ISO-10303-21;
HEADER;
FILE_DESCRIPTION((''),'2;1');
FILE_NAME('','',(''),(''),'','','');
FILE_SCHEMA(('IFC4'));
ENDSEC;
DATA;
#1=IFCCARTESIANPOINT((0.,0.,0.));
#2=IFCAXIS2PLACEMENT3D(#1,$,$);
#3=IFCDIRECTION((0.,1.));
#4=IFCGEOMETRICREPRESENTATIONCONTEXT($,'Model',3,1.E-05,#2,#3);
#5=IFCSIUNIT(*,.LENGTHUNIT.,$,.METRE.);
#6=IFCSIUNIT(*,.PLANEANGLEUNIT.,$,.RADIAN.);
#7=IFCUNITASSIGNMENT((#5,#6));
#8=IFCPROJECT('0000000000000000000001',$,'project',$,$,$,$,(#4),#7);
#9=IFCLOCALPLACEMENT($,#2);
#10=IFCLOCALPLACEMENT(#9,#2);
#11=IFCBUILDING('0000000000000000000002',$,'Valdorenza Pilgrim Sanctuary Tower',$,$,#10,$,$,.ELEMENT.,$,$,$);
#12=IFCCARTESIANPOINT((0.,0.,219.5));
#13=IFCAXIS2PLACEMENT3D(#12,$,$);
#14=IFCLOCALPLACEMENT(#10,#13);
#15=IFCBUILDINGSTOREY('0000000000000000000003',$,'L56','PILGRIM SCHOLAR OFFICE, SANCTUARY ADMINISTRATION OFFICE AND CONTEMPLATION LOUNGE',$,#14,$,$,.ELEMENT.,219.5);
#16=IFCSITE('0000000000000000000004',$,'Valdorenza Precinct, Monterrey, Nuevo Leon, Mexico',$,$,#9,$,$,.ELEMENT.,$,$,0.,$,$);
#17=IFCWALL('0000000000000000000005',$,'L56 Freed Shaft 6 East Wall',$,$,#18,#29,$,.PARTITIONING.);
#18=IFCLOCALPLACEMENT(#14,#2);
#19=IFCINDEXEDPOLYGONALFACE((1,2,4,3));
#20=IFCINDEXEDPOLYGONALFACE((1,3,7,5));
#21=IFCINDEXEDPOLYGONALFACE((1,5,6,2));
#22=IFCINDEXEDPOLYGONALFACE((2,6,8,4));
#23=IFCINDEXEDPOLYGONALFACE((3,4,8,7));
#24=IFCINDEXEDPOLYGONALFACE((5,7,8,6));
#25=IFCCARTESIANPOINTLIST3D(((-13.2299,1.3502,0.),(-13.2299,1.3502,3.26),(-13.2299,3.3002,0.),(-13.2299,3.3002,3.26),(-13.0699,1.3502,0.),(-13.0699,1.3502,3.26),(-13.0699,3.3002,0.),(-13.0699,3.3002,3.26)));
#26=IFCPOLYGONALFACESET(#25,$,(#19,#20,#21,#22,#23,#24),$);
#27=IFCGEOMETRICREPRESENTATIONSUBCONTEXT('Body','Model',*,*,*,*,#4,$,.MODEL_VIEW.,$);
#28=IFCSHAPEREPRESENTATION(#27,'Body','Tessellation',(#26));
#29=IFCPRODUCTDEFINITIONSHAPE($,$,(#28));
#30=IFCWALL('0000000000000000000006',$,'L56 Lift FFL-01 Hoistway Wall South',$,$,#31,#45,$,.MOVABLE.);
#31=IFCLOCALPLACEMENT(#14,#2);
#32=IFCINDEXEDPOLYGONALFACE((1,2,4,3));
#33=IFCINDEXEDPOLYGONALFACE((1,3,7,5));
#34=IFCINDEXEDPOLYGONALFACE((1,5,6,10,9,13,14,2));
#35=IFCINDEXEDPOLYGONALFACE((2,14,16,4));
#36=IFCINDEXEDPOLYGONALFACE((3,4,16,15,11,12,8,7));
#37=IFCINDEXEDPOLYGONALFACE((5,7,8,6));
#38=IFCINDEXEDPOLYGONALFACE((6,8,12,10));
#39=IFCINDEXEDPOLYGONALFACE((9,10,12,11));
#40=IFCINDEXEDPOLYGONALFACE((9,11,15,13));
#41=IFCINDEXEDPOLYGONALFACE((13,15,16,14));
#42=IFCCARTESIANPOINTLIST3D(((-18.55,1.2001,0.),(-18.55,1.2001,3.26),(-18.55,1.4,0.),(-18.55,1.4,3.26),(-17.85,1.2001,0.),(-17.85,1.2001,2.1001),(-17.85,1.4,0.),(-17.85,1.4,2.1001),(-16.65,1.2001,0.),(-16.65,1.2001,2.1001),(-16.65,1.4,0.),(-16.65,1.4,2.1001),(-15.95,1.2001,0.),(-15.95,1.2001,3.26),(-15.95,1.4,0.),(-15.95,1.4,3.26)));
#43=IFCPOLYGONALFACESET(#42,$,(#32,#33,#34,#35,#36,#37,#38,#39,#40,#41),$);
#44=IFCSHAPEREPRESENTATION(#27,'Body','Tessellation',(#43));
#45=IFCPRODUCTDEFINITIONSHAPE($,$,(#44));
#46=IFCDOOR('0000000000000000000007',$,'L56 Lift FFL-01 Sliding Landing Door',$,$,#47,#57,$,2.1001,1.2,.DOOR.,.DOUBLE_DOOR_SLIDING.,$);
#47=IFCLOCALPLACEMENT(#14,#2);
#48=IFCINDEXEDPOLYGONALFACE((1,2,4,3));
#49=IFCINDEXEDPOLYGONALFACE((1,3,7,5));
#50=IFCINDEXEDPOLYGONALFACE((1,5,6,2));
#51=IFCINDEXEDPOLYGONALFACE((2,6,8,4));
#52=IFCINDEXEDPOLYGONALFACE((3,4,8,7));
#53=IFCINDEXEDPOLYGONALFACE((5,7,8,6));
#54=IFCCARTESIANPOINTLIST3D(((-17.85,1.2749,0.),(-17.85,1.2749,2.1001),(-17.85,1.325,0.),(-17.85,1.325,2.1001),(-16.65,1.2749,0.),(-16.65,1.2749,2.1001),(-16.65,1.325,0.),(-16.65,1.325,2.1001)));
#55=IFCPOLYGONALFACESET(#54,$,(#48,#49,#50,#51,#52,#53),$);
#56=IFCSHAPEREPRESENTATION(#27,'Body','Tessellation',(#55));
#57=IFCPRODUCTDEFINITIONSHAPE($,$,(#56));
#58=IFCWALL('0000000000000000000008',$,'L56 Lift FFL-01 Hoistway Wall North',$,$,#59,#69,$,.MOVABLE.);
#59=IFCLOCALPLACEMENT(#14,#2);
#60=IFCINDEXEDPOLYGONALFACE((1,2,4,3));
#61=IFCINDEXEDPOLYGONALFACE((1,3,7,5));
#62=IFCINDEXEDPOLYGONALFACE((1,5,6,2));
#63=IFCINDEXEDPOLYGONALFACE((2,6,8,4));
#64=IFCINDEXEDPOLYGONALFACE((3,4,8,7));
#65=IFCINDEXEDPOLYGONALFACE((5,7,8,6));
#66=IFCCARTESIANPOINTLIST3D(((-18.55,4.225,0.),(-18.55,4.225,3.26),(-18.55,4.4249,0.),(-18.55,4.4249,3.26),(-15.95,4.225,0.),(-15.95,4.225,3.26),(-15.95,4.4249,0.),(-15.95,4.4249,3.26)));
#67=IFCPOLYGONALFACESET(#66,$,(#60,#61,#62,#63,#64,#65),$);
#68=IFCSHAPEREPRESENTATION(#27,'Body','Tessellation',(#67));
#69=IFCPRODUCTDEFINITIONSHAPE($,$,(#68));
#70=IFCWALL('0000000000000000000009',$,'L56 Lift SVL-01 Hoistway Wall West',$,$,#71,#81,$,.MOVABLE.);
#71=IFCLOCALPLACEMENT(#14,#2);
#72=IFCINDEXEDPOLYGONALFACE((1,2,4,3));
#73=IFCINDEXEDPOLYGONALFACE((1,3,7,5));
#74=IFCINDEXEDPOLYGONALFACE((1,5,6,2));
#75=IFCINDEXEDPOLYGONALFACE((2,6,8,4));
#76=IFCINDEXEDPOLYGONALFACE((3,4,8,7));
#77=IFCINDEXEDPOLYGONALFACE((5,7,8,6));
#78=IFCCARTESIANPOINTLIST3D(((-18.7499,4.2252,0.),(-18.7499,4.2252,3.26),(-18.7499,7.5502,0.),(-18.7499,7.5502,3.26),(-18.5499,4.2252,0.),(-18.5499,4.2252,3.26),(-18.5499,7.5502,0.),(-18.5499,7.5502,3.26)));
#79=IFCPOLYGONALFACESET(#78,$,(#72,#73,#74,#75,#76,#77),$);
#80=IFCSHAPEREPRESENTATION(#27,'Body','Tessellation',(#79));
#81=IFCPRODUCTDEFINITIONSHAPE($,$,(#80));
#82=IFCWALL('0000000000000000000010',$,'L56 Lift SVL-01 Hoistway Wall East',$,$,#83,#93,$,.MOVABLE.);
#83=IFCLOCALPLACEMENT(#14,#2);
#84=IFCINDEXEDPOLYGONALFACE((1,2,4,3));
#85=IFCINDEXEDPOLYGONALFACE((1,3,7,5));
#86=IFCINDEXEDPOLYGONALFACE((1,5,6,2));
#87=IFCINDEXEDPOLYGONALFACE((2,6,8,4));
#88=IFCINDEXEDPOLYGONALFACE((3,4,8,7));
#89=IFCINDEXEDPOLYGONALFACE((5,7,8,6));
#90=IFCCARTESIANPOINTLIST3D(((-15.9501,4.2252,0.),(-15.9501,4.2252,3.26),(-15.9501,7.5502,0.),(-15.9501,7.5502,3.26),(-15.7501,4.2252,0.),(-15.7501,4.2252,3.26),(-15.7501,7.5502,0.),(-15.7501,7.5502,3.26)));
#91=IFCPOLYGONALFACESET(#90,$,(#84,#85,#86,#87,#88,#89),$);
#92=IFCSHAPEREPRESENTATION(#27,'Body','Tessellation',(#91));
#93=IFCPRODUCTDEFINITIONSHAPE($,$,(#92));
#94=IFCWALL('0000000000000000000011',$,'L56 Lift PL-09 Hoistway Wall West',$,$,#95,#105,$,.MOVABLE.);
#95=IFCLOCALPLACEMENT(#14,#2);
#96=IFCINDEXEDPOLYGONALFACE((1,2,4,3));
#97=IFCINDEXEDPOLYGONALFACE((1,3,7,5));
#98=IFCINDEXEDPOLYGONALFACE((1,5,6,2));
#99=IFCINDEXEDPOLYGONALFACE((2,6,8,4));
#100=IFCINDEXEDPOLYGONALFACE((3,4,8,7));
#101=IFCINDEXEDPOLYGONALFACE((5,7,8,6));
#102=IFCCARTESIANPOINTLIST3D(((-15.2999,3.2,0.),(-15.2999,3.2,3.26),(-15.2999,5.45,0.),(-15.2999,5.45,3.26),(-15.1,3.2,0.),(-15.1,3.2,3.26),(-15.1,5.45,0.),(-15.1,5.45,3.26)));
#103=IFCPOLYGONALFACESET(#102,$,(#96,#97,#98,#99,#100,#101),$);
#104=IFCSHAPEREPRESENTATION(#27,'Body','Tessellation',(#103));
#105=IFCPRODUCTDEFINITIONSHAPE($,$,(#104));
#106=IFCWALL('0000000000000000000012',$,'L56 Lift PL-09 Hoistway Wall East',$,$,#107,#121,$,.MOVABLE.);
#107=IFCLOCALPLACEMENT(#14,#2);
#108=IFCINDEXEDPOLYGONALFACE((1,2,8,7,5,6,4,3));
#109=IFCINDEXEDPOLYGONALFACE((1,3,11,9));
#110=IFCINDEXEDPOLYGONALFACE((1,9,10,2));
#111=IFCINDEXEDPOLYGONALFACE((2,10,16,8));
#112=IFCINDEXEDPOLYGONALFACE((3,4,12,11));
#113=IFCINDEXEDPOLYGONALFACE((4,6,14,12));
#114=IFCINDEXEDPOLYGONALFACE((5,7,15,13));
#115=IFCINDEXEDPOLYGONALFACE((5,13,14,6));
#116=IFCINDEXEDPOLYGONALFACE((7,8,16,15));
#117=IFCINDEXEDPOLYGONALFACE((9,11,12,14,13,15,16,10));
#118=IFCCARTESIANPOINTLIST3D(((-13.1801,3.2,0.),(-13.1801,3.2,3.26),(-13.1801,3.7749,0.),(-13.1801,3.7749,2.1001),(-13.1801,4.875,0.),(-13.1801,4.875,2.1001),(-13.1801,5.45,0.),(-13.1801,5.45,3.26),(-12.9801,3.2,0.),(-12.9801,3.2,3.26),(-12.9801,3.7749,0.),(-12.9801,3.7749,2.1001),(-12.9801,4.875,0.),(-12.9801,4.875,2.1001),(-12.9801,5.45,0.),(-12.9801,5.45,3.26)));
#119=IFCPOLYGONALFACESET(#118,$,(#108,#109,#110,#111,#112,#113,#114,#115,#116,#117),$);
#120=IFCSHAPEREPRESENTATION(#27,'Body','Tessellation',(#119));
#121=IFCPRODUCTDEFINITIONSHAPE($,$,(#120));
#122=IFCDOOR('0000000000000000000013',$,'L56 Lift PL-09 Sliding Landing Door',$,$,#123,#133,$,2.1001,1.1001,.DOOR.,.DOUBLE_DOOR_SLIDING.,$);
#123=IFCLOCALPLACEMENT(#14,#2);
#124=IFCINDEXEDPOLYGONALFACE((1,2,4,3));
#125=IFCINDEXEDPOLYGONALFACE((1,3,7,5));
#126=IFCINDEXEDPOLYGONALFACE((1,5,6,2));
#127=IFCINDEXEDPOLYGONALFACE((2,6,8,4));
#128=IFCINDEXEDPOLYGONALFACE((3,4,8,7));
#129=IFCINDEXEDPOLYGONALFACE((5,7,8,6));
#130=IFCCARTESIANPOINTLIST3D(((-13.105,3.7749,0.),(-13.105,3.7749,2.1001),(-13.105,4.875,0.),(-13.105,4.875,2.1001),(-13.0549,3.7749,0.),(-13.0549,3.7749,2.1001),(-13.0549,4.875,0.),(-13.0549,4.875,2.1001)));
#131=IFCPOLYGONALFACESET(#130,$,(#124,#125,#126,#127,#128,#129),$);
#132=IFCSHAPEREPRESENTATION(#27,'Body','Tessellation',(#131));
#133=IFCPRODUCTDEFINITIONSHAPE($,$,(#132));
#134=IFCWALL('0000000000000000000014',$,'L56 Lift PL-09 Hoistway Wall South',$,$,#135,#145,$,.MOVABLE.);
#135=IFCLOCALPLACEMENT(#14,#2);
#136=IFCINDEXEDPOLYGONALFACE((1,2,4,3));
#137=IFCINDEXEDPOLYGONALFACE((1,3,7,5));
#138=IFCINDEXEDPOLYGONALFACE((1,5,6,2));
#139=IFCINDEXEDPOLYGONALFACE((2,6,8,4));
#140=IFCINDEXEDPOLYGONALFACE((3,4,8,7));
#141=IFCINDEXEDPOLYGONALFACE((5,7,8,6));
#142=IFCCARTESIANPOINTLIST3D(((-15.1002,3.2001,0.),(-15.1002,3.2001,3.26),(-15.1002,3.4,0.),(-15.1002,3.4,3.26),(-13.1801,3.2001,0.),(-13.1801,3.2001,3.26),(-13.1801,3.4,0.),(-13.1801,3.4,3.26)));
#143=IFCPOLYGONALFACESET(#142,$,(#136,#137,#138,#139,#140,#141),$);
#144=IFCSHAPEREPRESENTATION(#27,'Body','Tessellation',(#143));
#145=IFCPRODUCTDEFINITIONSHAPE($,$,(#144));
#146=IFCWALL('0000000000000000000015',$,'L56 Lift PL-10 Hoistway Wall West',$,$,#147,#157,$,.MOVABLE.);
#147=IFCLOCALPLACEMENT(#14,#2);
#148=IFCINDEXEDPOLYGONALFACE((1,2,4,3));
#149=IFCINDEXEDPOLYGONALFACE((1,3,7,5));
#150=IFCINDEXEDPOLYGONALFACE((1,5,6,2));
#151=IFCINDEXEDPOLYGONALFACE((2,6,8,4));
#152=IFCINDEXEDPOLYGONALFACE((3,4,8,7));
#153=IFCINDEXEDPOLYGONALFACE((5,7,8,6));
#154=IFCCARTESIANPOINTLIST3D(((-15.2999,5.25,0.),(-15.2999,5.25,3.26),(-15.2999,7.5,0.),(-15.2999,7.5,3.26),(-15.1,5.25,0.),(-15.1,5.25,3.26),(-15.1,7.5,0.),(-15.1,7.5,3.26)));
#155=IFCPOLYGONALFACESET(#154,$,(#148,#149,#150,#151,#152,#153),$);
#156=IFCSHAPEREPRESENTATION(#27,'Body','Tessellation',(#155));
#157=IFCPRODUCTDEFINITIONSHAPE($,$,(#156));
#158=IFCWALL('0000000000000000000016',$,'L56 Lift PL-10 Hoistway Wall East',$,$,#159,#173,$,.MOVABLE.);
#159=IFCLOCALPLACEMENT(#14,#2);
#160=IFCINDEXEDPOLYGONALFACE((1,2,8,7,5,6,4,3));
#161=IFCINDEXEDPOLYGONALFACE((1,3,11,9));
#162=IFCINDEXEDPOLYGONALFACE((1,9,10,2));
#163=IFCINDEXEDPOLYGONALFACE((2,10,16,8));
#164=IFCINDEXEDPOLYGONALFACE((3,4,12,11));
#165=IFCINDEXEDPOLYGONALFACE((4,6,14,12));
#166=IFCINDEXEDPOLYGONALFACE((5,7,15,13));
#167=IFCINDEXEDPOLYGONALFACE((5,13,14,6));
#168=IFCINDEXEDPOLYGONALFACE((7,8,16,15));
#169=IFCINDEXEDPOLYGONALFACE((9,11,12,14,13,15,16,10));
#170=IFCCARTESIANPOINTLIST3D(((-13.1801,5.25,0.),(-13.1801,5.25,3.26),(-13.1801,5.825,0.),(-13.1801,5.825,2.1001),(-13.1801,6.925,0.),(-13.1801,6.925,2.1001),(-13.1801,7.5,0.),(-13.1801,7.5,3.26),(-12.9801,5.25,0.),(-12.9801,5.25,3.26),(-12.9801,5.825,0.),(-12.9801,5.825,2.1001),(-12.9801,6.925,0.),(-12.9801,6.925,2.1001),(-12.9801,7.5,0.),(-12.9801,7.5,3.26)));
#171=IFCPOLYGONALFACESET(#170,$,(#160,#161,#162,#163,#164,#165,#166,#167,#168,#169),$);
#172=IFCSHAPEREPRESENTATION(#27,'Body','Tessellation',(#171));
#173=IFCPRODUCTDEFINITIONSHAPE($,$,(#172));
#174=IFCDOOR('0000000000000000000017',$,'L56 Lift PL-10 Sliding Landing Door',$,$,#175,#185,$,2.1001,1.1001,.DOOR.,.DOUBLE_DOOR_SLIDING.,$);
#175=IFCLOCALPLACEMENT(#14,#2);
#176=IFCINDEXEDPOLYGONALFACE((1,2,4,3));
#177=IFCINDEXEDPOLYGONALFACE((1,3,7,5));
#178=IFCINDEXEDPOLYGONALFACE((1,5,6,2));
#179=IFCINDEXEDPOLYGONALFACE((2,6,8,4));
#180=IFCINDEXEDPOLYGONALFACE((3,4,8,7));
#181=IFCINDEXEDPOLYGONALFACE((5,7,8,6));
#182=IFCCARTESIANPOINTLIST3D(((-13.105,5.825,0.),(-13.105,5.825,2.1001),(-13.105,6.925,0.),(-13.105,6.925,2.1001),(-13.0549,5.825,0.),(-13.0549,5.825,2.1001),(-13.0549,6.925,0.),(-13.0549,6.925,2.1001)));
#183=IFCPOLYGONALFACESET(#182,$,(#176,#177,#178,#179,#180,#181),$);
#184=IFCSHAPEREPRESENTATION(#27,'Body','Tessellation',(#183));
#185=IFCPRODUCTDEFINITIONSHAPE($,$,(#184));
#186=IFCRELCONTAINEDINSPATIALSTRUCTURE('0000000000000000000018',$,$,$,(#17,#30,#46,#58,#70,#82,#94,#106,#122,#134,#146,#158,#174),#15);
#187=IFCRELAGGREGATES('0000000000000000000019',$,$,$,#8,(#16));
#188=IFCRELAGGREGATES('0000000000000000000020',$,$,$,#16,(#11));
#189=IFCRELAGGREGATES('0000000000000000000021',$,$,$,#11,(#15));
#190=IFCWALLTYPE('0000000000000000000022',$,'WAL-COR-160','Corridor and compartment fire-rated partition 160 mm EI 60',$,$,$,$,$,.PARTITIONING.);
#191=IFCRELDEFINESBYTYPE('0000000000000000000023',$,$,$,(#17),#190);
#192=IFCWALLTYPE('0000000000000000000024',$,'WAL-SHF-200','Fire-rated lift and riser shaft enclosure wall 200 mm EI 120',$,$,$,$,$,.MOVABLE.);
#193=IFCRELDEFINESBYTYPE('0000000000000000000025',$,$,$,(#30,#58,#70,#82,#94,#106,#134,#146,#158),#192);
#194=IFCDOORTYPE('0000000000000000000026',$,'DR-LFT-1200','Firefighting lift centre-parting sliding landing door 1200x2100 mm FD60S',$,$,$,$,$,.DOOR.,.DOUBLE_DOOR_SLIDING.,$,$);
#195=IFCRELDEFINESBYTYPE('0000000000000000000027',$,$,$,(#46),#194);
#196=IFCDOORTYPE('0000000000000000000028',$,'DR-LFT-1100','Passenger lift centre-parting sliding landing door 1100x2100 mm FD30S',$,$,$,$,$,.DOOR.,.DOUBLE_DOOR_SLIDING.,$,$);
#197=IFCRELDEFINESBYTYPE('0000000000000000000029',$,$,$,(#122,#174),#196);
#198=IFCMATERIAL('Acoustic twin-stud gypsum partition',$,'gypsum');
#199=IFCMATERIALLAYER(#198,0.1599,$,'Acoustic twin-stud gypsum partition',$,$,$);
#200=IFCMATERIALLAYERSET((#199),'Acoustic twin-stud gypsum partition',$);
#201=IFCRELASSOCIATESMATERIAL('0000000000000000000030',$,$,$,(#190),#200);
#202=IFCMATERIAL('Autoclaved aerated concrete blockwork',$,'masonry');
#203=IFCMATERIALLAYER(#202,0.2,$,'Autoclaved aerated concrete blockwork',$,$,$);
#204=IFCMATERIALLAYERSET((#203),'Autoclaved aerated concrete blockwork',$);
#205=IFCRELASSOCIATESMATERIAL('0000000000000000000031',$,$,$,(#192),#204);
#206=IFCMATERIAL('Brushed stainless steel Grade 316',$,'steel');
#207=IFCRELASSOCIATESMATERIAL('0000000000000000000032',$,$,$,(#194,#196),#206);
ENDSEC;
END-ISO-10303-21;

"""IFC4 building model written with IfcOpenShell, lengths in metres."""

from ifc_helpers import new_model, si_unit, direction, frame, frame_2d, origin, place, context, subcontext, project, spatial, rectangle, extrude, material, layer, layer_set, type_object, element, fill, save


model = new_model("IFC4")

# Units and contexts
model_context = context("Model", 3, precision=1e-05, world=origin(), true_north=direction((0.0, 1.0)))
body_context = subcontext(model_context, "Body", "Model", "MODEL_VIEW")
ifc_project = project(units=[si_unit("LENGTHUNIT", "METRE"), si_unit("PLANEANGLEUNIT", "RADIAN")], contexts=[model_context])

# Site, building, storey
site_placement = place(None, origin())
site = spatial("IfcSite", under=ifc_project, at=site_placement, Name="Valdorenza Precinct, Monterrey, Nuevo Leon, Mexico", CompositionType="ELEMENT", RefElevation=0.0)
building_placement = place(site_placement, origin())
building = spatial("IfcBuilding", under=site, at=building_placement, Name="Valdorenza Pilgrim Sanctuary Tower", CompositionType="ELEMENT")
storey_placement = place(building_placement, frame((0.0, 0.0, 219.5)))
storey = spatial("IfcBuildingStorey", under=building, at=storey_placement, Name="L56", Description="PILGRIM SCHOLAR OFFICE, SANCTUARY ADMINISTRATION OFFICE AND CONTEMPLATION LOUNGE", CompositionType="ELEMENT", Elevation=219.5)

# Wall
ifc_material_1 = material(Name="Acoustic twin-stud gypsum partition", Category="gypsum")
ifc_layer_1 = layer(ifc_material_1, 0.1599, Name="Acoustic twin-stud gypsum partition")
ifc_layer_set_1 = layer_set([ifc_layer_1], Name="Acoustic twin-stud gypsum partition")
wall_type_1 = type_object("IfcWallType", Name="WAL-COR-160", Description="Corridor and compartment fire-rated partition 160 mm EI 60", PredefinedType="PARTITIONING", material=ifc_layer_set_1)
wall_1_placement = place(storey_placement, frame((-13.1499, 1.3501, 0.0), z_axis=(0.0, 0.0, 1.0), x_axis=(0.0, 1.0, 0.0)))
element("IfcWall", 1, at=wall_1_placement, inside=storey, type_object=wall_type_1, Name="L56 Freed Shaft 6 East Wall", PredefinedType="PARTITIONING", context=body_context, shape_type="SweptSolid", body=[
    extrude(rectangle(XDim=1.95, YDim=0.1599, at=frame_2d((0.9751, 0.0))), origin(), (0.0, 0.0, 1.0), 3.26),
])

# Wall, opening, door
ifc_material_2 = material(Name="Autoclaved aerated concrete blockwork", Category="masonry")
ifc_layer_2 = layer(ifc_material_2, 0.2, Name="Autoclaved aerated concrete blockwork")
ifc_layer_set_2 = layer_set([ifc_layer_2], Name="Autoclaved aerated concrete blockwork")
wall_type_2 = type_object("IfcWallType", Name="WAL-SHF-200", Description="Fire-rated lift and riser shaft enclosure wall 200 mm EI 120", PredefinedType="MOVABLE", material=ifc_layer_set_2)
wall_2_placement = place(storey_placement, frame((-18.55, 1.3, 0.0), z_axis=(0.0, 0.0, 1.0), x_axis=(1.0, 0.0, 0.0)))
wall_2 = element("IfcWall", 2, at=wall_2_placement, inside=storey, type_object=wall_type_2, Name="L56 Lift FFL-01 Hoistway Wall South", PredefinedType="MOVABLE", context=body_context, shape_type="SweptSolid", body=[
    extrude(rectangle(XDim=2.6001, YDim=0.2, at=frame_2d((1.3, 0.0))), origin(), (0.0, 0.0, 1.0), 3.26),
])
opening_1_placement = place(wall_2_placement, frame((0.7, 0.0, 0.0)))
opening_1 = element("IfcOpeningElement", 3, at=opening_1_placement, cuts=wall_2, PredefinedType="OPENING", context=body_context, shape_type="SweptSolid", body=[
    extrude(rectangle(XDim=1.2, YDim=2.1001, at=frame_2d((0.6001, 1.05))), frame((0.0, 0.1147, 0.0), z_axis=(0.0, -1.0, 0.0), x_axis=(1.0, 0.0, 0.0)), (0.0, 0.0, 1.0), 0.2297),
])
ifc_material_3 = material(Name="Brushed stainless steel Grade 316", Category="steel")
door_type_1 = type_object("IfcDoorType", Name="DR-LFT-1200", Description="Firefighting lift centre-parting sliding landing door 1200x2100 mm FD60S", OperationType="DOUBLE_DOOR_SLIDING", PredefinedType="DOOR", material=ifc_material_3)
door_1_placement = place(opening_1_placement, origin())
door_1 = element("IfcDoor", 4, at=door_1_placement, inside=storey, type_object=door_type_1, Name="L56 Lift FFL-01 Sliding Landing Door", OperationType="DOUBLE_DOOR_SLIDING", OverallHeight=2.1001, OverallWidth=1.2, PredefinedType="DOOR", context=body_context, shape_type="SweptSolid", body=[
    extrude(rectangle(XDim=1.2, YDim=2.1001, at=frame_2d((0.6001, 1.05))), frame((0.0, 0.0249, 0.0), z_axis=(0.0, -1.0, 0.0), x_axis=(1.0, 0.0, 0.0)), (0.0, 0.0, 1.0), 0.05),
])
fill(opening_1, door_1)

# Walls
wall_3_placement = place(storey_placement, frame((-18.55, 4.325, 0.0), z_axis=(0.0, 0.0, 1.0), x_axis=(1.0, 0.0, 0.0)))
element("IfcWall", 5, at=wall_3_placement, inside=storey, type_object=wall_type_2, Name="L56 Lift FFL-01 Hoistway Wall North", PredefinedType="MOVABLE", context=body_context, shape_type="SweptSolid", body=[
    extrude(rectangle(XDim=2.6001, YDim=0.2, at=frame_2d((1.3, 0.0))), origin(), (0.0, 0.0, 1.0), 3.26),
])
for number, where, z_axis, x_axis, name in (
    (6, (-18.6499, 4.2251, 0.0), (0.0, 0.0, 1.0), (0.0, 1.0, 0.0), "L56 Lift SVL-01 Hoistway Wall West"),
    (7, (-15.8501, 4.2251, 0.0), (0.0, 0.0, 1.0), (0.0, 1.0, 0.0), "L56 Lift SVL-01 Hoistway Wall East"),
):
    element("IfcWall", number, at=place(storey_placement, frame(where, z_axis=z_axis, x_axis=x_axis)), inside=storey, type_object=wall_type_2, Name=name, PredefinedType="MOVABLE", context=body_context, shape_type="SweptSolid", body=[
        extrude(rectangle(XDim=3.325, YDim=0.2, at=frame_2d((1.6626, 0.0))), origin(), (0.0, 0.0, 1.0), 3.26),
    ])
wall_4_placement = place(storey_placement, frame((-15.2, 3.2, 0.0), z_axis=(0.0, 0.0, 1.0), x_axis=(0.0, 1.0, 0.0)))
element("IfcWall", 8, at=wall_4_placement, inside=storey, type_object=wall_type_2, Name="L56 Lift PL-09 Hoistway Wall West", PredefinedType="MOVABLE", context=body_context, shape_type="SweptSolid", body=[
    extrude(rectangle(XDim=2.25, YDim=0.2, at=frame_2d((1.125, 0.0))), origin(), (0.0, 0.0, 1.0), 3.26),
])

# Wall, opening, door
wall_5_placement = place(storey_placement, frame((-13.0801, 3.2, 0.0), z_axis=(0.0, 0.0, 1.0), x_axis=(0.0, 1.0, 0.0)))
wall_5 = element("IfcWall", 9, at=wall_5_placement, inside=storey, type_object=wall_type_2, Name="L56 Lift PL-09 Hoistway Wall East", PredefinedType="MOVABLE", context=body_context, shape_type="SweptSolid", body=[
    extrude(rectangle(XDim=2.25, YDim=0.2, at=frame_2d((1.125, 0.0))), origin(), (0.0, 0.0, 1.0), 3.26),
])
opening_2_placement = place(wall_5_placement, frame((0.575, 0.0, 0.0)))
opening_2 = element("IfcOpeningElement", 10, at=opening_2_placement, cuts=wall_5, PredefinedType="OPENING", context=body_context, shape_type="SweptSolid", body=[
    extrude(rectangle(XDim=1.1001, YDim=2.1001, at=frame_2d((0.55, 1.05))), frame((0.0, 0.1147, 0.0), z_axis=(0.0, -1.0, 0.0), x_axis=(1.0, 0.0, 0.0)), (0.0, 0.0, 1.0), 0.2297),
])
door_type_2 = type_object("IfcDoorType", Name="DR-LFT-1100", Description="Passenger lift centre-parting sliding landing door 1100x2100 mm FD30S", OperationType="DOUBLE_DOOR_SLIDING", PredefinedType="DOOR", material=ifc_material_3)
door_2_placement = place(opening_2_placement, origin())
door_2 = element("IfcDoor", 11, at=door_2_placement, inside=storey, type_object=door_type_2, Name="L56 Lift PL-09 Sliding Landing Door", OperationType="DOUBLE_DOOR_SLIDING", OverallHeight=2.1001, OverallWidth=1.1001, PredefinedType="DOOR", context=body_context, shape_type="SweptSolid", body=[
    extrude(rectangle(XDim=1.1001, YDim=2.1001, at=frame_2d((0.55, 1.05))), frame((0.0, 0.0249, 0.0), z_axis=(0.0, -1.0, 0.0), x_axis=(1.0, 0.0, 0.0)), (0.0, 0.0, 1.0), 0.05),
])
fill(opening_2, door_2)

# Walls
wall_6_placement = place(storey_placement, frame((-15.1001, 3.3, 0.0), z_axis=(0.0, 0.0, 1.0), x_axis=(1.0, 0.0, 0.0)))
element("IfcWall", 12, at=wall_6_placement, inside=storey, type_object=wall_type_2, Name="L56 Lift PL-09 Hoistway Wall South", PredefinedType="MOVABLE", context=body_context, shape_type="SweptSolid", body=[
    extrude(rectangle(XDim=1.9202, YDim=0.2, at=frame_2d((0.96, 0.0))), origin(), (0.0, 0.0, 1.0), 3.26),
])
wall_7_placement = place(storey_placement, frame((-15.2, 5.25, 0.0), z_axis=(0.0, 0.0, 1.0), x_axis=(0.0, 1.0, 0.0)))
element("IfcWall", 13, at=wall_7_placement, inside=storey, type_object=wall_type_2, Name="L56 Lift PL-10 Hoistway Wall West", PredefinedType="MOVABLE", context=body_context, shape_type="SweptSolid", body=[
    extrude(rectangle(XDim=2.25, YDim=0.2, at=frame_2d((1.125, 0.0))), origin(), (0.0, 0.0, 1.0), 3.26),
])

# Wall, opening, door
wall_8_placement = place(storey_placement, frame((-13.0801, 5.25, 0.0), z_axis=(0.0, 0.0, 1.0), x_axis=(0.0, 1.0, 0.0)))
wall_8 = element("IfcWall", 14, at=wall_8_placement, inside=storey, type_object=wall_type_2, Name="L56 Lift PL-10 Hoistway Wall East", PredefinedType="MOVABLE", context=body_context, shape_type="SweptSolid", body=[
    extrude(rectangle(XDim=2.25, YDim=0.2, at=frame_2d((1.125, 0.0))), origin(), (0.0, 0.0, 1.0), 3.26),
])
opening_3_placement = place(wall_8_placement, frame((0.575, 0.0, 0.0)))
opening_3 = element("IfcOpeningElement", 15, at=opening_3_placement, cuts=wall_8, PredefinedType="OPENING", context=body_context, shape_type="SweptSolid", body=[
    extrude(rectangle(XDim=1.1001, YDim=2.1001, at=frame_2d((0.55, 1.05))), frame((0.0, 0.1147, 0.0), z_axis=(0.0, -1.0, 0.0), x_axis=(1.0, 0.0, 0.0)), (0.0, 0.0, 1.0), 0.2297),
])
door_3_placement = place(opening_3_placement, origin())
door_3 = element("IfcDoor", 16, at=door_3_placement, inside=storey, type_object=door_type_2, Name="L56 Lift PL-10 Sliding Landing Door", OperationType="DOUBLE_DOOR_SLIDING", OverallHeight=2.1001, OverallWidth=1.1001, PredefinedType="DOOR", context=body_context, shape_type="SweptSolid", body=[
    extrude(rectangle(XDim=1.1001, YDim=2.1001, at=frame_2d((0.55, 1.05))), frame((0.0, 0.0249, 0.0), z_axis=(0.0, -1.0, 0.0), x_axis=(1.0, 0.0, 0.0)), (0.0, 0.0, 1.0), 0.05),
])
fill(opening_3, door_3)

save(model, "model.ifc")
